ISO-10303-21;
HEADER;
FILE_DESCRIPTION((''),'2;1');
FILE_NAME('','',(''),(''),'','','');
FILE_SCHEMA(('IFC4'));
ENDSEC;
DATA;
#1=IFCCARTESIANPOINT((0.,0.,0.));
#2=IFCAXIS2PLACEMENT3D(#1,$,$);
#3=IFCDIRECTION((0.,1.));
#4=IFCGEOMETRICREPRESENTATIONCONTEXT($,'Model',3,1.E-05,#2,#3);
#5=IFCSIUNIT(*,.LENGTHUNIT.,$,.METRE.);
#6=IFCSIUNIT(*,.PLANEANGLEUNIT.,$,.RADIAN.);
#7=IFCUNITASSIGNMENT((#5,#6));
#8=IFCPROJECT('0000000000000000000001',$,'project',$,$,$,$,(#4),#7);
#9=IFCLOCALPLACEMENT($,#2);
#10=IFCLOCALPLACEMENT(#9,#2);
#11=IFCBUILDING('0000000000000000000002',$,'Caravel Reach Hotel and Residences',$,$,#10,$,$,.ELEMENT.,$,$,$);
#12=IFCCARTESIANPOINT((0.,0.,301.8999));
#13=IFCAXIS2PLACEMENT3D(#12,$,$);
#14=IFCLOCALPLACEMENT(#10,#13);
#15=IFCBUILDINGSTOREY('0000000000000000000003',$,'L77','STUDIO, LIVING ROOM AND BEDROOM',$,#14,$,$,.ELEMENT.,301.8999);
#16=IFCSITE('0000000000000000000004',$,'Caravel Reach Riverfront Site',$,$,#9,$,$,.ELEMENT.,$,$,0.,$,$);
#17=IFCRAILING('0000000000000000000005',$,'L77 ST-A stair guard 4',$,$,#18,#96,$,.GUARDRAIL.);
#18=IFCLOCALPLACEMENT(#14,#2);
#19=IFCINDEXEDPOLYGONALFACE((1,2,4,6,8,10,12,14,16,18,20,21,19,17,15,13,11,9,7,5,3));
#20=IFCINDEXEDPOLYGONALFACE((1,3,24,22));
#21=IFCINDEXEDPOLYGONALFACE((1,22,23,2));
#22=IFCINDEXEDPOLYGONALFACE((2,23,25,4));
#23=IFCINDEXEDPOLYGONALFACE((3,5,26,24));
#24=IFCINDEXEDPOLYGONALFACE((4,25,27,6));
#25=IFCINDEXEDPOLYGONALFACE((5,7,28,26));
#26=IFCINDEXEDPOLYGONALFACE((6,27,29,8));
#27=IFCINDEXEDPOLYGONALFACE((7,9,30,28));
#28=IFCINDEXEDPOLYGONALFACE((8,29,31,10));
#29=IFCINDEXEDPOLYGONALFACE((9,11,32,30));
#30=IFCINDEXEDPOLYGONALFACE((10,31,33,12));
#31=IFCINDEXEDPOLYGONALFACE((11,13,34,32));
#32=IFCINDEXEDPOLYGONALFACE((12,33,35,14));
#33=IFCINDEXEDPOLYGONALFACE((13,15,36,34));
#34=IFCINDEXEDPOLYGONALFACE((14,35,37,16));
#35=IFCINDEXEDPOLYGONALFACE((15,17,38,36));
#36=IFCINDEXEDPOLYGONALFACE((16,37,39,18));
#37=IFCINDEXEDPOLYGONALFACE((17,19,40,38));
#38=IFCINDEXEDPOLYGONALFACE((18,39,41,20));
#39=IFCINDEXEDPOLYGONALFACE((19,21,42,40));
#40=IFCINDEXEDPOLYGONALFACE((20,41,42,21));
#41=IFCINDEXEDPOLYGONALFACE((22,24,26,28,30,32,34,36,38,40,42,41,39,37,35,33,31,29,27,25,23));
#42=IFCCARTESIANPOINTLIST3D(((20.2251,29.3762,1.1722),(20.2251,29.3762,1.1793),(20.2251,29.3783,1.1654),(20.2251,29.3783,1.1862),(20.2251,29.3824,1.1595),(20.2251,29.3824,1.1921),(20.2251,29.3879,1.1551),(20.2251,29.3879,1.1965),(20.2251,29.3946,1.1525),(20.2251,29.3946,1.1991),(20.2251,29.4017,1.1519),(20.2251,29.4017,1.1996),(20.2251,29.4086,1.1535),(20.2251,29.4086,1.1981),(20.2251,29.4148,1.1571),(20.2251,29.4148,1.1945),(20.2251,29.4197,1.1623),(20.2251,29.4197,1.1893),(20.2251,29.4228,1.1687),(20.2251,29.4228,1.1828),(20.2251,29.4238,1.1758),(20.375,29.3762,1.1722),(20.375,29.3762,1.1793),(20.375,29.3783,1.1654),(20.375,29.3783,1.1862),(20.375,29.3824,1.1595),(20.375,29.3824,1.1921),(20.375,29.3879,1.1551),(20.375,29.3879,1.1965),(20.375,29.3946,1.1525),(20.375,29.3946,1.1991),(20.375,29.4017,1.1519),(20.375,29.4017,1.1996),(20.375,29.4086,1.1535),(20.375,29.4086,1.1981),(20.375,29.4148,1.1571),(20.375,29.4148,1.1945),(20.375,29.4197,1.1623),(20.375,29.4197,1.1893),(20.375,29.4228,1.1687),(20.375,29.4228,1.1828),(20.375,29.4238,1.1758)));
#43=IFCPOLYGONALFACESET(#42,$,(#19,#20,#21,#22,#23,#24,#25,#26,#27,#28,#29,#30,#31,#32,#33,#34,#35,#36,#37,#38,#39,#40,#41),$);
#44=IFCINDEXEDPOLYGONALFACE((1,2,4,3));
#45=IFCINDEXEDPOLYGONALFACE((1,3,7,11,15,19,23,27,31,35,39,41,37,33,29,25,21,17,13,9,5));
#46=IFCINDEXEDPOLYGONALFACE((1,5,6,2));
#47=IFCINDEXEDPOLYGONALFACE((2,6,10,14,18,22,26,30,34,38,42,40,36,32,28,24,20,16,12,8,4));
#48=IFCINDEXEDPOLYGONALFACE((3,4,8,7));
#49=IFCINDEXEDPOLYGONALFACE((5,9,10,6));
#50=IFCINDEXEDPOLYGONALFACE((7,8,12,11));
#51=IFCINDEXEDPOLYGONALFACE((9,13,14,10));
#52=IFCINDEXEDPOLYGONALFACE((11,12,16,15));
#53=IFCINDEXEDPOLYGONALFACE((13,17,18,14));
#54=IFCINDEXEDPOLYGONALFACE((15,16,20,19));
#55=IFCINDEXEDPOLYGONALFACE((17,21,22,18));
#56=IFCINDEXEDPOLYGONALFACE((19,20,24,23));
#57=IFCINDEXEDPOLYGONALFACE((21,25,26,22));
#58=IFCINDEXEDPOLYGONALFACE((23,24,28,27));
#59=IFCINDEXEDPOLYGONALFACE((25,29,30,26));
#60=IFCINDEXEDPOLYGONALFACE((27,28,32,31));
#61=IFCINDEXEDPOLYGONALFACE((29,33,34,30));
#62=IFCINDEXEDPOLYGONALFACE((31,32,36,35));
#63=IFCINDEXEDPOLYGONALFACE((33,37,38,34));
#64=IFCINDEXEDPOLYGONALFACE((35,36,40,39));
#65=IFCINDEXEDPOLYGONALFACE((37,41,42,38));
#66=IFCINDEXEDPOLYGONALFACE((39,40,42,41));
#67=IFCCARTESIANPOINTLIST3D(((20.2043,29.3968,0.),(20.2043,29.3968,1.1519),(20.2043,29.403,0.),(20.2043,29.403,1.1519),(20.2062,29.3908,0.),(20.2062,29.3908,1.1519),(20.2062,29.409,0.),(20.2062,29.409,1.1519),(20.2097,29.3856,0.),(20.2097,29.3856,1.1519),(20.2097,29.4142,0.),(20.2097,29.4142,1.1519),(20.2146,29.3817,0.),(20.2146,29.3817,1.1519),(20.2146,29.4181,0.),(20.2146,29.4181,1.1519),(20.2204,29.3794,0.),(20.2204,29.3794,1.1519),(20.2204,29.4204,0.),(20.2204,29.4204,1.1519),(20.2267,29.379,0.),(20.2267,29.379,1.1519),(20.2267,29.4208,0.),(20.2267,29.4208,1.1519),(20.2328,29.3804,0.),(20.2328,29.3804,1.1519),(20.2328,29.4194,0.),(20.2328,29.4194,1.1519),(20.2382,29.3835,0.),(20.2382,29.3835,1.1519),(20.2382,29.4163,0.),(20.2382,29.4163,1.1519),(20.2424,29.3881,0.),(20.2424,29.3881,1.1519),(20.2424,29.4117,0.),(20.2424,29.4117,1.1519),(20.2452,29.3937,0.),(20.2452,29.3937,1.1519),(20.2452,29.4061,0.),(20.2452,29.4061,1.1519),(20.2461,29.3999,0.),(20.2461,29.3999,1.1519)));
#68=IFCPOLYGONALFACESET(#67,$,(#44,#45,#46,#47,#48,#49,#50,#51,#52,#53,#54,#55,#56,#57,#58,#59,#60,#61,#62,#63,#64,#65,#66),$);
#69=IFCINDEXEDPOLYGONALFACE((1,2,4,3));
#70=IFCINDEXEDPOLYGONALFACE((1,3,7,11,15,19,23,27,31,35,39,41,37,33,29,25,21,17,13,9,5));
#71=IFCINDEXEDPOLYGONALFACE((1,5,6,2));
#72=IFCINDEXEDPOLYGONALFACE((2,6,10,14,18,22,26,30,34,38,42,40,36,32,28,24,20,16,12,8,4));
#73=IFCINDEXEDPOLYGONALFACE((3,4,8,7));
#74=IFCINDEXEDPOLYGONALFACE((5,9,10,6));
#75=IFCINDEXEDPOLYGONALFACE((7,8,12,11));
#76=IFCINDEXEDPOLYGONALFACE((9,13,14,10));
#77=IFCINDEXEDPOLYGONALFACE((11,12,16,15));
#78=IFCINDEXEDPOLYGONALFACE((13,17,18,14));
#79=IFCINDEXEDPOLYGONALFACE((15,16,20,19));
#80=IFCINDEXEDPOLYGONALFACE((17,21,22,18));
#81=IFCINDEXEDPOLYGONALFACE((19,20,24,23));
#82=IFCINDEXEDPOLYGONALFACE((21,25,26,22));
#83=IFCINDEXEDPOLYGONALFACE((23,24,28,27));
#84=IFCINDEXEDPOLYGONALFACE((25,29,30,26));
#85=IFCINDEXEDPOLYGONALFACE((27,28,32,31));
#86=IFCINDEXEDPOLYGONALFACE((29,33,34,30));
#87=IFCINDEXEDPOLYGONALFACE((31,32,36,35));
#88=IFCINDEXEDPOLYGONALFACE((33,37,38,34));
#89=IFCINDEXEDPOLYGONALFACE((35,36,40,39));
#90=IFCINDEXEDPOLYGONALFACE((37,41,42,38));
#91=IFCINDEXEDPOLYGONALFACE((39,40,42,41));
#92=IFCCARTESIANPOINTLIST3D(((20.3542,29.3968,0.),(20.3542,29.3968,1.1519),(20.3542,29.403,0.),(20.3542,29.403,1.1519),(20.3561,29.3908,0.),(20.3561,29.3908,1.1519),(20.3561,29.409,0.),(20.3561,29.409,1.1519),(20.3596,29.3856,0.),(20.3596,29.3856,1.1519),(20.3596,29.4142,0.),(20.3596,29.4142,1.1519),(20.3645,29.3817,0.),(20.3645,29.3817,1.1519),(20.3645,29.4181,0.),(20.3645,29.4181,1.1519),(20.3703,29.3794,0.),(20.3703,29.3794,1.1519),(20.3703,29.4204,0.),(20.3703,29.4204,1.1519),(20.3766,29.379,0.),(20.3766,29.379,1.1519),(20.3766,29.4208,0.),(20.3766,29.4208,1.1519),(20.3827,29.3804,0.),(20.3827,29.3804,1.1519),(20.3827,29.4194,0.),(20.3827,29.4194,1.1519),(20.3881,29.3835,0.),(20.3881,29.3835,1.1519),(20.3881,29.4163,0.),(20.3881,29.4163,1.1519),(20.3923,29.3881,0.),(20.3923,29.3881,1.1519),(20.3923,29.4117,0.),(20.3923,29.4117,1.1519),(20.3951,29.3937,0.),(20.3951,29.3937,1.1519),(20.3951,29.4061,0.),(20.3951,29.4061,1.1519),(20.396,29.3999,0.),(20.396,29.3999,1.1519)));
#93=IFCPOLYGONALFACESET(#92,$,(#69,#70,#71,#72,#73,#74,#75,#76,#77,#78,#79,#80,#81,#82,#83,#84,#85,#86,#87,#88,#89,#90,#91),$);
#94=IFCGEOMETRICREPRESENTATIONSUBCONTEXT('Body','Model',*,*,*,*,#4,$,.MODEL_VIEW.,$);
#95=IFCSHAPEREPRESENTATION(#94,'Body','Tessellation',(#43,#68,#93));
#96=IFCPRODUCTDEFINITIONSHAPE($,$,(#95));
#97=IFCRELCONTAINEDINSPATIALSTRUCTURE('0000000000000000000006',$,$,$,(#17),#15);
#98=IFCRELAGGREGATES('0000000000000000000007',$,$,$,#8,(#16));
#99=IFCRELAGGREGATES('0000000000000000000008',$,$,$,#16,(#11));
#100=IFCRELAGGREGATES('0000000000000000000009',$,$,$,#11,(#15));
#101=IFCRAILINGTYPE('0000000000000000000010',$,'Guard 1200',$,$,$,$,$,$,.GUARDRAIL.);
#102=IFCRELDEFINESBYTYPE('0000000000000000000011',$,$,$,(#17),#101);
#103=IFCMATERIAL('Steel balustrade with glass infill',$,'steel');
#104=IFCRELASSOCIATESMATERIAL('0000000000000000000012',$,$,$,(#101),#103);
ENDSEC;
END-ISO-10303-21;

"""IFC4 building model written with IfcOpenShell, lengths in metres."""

from ifc_helpers import new_model, si_unit, direction, frame, origin, origin_2d, place, context, subcontext, project, spatial, circle, extrude, material, type_object, element, save


model = new_model("IFC4")

# Units and contexts
model_context = context("Model", 3, precision=1e-05, world=origin(), true_north=direction((0.0, 1.0)))
body_context = subcontext(model_context, "Body", "Model", "MODEL_VIEW")
ifc_project = project(units=[si_unit("LENGTHUNIT", "METRE"), si_unit("PLANEANGLEUNIT", "RADIAN")], contexts=[model_context])

# Site, building, storey
site_placement = place(None, origin())
site = spatial("IfcSite", under=ifc_project, at=site_placement, Name="Caravel Reach Riverfront Site", CompositionType="ELEMENT", RefElevation=0.0)
building_placement = place(site_placement, origin())
building = spatial("IfcBuilding", under=site, at=building_placement, Name="Caravel Reach Hotel and Residences", CompositionType="ELEMENT")
storey_placement = place(building_placement, frame((0.0, 0.0, 301.8999)))
storey = spatial("IfcBuildingStorey", under=building, at=storey_placement, Name="L77", Description="STUDIO, LIVING ROOM AND BEDROOM", CompositionType="ELEMENT", Elevation=301.8999)

# Railing
ifc_material_1 = material(Name="Steel balustrade with glass infill", Category="steel")
railing_type = type_object("IfcRailingType", Name="Guard 1200", PredefinedType="GUARDRAIL", material=ifc_material_1)
railing_placement = place(storey_placement, frame((20.2251, 29.3999, 0.0)))
element("IfcRailing", 1, at=railing_placement, inside=storey, type_object=railing_type, Name="L77 ST-A stair guard 4", PredefinedType="GUARDRAIL", context=body_context, shape_type="SweptSolid", body=[
    extrude(circle(Radius=0.0239, at=origin_2d()), frame((0.0, 0.0, 1.1758), z_axis=(1.0, 0.0, 0.0), x_axis=(0.0, 1.0, 0.0)), (0.0, 0.0, 1.0), 0.1499),
    extrude(circle(Radius=0.021, at=origin_2d()), origin(), (0.0, 0.0, 1.0), 1.1519),
    extrude(circle(Radius=0.021, at=origin_2d()), frame((0.1499, 0.0, 0.0)), (0.0, 0.0, 1.0), 1.1519),
])

save(model, "model.ifc")
